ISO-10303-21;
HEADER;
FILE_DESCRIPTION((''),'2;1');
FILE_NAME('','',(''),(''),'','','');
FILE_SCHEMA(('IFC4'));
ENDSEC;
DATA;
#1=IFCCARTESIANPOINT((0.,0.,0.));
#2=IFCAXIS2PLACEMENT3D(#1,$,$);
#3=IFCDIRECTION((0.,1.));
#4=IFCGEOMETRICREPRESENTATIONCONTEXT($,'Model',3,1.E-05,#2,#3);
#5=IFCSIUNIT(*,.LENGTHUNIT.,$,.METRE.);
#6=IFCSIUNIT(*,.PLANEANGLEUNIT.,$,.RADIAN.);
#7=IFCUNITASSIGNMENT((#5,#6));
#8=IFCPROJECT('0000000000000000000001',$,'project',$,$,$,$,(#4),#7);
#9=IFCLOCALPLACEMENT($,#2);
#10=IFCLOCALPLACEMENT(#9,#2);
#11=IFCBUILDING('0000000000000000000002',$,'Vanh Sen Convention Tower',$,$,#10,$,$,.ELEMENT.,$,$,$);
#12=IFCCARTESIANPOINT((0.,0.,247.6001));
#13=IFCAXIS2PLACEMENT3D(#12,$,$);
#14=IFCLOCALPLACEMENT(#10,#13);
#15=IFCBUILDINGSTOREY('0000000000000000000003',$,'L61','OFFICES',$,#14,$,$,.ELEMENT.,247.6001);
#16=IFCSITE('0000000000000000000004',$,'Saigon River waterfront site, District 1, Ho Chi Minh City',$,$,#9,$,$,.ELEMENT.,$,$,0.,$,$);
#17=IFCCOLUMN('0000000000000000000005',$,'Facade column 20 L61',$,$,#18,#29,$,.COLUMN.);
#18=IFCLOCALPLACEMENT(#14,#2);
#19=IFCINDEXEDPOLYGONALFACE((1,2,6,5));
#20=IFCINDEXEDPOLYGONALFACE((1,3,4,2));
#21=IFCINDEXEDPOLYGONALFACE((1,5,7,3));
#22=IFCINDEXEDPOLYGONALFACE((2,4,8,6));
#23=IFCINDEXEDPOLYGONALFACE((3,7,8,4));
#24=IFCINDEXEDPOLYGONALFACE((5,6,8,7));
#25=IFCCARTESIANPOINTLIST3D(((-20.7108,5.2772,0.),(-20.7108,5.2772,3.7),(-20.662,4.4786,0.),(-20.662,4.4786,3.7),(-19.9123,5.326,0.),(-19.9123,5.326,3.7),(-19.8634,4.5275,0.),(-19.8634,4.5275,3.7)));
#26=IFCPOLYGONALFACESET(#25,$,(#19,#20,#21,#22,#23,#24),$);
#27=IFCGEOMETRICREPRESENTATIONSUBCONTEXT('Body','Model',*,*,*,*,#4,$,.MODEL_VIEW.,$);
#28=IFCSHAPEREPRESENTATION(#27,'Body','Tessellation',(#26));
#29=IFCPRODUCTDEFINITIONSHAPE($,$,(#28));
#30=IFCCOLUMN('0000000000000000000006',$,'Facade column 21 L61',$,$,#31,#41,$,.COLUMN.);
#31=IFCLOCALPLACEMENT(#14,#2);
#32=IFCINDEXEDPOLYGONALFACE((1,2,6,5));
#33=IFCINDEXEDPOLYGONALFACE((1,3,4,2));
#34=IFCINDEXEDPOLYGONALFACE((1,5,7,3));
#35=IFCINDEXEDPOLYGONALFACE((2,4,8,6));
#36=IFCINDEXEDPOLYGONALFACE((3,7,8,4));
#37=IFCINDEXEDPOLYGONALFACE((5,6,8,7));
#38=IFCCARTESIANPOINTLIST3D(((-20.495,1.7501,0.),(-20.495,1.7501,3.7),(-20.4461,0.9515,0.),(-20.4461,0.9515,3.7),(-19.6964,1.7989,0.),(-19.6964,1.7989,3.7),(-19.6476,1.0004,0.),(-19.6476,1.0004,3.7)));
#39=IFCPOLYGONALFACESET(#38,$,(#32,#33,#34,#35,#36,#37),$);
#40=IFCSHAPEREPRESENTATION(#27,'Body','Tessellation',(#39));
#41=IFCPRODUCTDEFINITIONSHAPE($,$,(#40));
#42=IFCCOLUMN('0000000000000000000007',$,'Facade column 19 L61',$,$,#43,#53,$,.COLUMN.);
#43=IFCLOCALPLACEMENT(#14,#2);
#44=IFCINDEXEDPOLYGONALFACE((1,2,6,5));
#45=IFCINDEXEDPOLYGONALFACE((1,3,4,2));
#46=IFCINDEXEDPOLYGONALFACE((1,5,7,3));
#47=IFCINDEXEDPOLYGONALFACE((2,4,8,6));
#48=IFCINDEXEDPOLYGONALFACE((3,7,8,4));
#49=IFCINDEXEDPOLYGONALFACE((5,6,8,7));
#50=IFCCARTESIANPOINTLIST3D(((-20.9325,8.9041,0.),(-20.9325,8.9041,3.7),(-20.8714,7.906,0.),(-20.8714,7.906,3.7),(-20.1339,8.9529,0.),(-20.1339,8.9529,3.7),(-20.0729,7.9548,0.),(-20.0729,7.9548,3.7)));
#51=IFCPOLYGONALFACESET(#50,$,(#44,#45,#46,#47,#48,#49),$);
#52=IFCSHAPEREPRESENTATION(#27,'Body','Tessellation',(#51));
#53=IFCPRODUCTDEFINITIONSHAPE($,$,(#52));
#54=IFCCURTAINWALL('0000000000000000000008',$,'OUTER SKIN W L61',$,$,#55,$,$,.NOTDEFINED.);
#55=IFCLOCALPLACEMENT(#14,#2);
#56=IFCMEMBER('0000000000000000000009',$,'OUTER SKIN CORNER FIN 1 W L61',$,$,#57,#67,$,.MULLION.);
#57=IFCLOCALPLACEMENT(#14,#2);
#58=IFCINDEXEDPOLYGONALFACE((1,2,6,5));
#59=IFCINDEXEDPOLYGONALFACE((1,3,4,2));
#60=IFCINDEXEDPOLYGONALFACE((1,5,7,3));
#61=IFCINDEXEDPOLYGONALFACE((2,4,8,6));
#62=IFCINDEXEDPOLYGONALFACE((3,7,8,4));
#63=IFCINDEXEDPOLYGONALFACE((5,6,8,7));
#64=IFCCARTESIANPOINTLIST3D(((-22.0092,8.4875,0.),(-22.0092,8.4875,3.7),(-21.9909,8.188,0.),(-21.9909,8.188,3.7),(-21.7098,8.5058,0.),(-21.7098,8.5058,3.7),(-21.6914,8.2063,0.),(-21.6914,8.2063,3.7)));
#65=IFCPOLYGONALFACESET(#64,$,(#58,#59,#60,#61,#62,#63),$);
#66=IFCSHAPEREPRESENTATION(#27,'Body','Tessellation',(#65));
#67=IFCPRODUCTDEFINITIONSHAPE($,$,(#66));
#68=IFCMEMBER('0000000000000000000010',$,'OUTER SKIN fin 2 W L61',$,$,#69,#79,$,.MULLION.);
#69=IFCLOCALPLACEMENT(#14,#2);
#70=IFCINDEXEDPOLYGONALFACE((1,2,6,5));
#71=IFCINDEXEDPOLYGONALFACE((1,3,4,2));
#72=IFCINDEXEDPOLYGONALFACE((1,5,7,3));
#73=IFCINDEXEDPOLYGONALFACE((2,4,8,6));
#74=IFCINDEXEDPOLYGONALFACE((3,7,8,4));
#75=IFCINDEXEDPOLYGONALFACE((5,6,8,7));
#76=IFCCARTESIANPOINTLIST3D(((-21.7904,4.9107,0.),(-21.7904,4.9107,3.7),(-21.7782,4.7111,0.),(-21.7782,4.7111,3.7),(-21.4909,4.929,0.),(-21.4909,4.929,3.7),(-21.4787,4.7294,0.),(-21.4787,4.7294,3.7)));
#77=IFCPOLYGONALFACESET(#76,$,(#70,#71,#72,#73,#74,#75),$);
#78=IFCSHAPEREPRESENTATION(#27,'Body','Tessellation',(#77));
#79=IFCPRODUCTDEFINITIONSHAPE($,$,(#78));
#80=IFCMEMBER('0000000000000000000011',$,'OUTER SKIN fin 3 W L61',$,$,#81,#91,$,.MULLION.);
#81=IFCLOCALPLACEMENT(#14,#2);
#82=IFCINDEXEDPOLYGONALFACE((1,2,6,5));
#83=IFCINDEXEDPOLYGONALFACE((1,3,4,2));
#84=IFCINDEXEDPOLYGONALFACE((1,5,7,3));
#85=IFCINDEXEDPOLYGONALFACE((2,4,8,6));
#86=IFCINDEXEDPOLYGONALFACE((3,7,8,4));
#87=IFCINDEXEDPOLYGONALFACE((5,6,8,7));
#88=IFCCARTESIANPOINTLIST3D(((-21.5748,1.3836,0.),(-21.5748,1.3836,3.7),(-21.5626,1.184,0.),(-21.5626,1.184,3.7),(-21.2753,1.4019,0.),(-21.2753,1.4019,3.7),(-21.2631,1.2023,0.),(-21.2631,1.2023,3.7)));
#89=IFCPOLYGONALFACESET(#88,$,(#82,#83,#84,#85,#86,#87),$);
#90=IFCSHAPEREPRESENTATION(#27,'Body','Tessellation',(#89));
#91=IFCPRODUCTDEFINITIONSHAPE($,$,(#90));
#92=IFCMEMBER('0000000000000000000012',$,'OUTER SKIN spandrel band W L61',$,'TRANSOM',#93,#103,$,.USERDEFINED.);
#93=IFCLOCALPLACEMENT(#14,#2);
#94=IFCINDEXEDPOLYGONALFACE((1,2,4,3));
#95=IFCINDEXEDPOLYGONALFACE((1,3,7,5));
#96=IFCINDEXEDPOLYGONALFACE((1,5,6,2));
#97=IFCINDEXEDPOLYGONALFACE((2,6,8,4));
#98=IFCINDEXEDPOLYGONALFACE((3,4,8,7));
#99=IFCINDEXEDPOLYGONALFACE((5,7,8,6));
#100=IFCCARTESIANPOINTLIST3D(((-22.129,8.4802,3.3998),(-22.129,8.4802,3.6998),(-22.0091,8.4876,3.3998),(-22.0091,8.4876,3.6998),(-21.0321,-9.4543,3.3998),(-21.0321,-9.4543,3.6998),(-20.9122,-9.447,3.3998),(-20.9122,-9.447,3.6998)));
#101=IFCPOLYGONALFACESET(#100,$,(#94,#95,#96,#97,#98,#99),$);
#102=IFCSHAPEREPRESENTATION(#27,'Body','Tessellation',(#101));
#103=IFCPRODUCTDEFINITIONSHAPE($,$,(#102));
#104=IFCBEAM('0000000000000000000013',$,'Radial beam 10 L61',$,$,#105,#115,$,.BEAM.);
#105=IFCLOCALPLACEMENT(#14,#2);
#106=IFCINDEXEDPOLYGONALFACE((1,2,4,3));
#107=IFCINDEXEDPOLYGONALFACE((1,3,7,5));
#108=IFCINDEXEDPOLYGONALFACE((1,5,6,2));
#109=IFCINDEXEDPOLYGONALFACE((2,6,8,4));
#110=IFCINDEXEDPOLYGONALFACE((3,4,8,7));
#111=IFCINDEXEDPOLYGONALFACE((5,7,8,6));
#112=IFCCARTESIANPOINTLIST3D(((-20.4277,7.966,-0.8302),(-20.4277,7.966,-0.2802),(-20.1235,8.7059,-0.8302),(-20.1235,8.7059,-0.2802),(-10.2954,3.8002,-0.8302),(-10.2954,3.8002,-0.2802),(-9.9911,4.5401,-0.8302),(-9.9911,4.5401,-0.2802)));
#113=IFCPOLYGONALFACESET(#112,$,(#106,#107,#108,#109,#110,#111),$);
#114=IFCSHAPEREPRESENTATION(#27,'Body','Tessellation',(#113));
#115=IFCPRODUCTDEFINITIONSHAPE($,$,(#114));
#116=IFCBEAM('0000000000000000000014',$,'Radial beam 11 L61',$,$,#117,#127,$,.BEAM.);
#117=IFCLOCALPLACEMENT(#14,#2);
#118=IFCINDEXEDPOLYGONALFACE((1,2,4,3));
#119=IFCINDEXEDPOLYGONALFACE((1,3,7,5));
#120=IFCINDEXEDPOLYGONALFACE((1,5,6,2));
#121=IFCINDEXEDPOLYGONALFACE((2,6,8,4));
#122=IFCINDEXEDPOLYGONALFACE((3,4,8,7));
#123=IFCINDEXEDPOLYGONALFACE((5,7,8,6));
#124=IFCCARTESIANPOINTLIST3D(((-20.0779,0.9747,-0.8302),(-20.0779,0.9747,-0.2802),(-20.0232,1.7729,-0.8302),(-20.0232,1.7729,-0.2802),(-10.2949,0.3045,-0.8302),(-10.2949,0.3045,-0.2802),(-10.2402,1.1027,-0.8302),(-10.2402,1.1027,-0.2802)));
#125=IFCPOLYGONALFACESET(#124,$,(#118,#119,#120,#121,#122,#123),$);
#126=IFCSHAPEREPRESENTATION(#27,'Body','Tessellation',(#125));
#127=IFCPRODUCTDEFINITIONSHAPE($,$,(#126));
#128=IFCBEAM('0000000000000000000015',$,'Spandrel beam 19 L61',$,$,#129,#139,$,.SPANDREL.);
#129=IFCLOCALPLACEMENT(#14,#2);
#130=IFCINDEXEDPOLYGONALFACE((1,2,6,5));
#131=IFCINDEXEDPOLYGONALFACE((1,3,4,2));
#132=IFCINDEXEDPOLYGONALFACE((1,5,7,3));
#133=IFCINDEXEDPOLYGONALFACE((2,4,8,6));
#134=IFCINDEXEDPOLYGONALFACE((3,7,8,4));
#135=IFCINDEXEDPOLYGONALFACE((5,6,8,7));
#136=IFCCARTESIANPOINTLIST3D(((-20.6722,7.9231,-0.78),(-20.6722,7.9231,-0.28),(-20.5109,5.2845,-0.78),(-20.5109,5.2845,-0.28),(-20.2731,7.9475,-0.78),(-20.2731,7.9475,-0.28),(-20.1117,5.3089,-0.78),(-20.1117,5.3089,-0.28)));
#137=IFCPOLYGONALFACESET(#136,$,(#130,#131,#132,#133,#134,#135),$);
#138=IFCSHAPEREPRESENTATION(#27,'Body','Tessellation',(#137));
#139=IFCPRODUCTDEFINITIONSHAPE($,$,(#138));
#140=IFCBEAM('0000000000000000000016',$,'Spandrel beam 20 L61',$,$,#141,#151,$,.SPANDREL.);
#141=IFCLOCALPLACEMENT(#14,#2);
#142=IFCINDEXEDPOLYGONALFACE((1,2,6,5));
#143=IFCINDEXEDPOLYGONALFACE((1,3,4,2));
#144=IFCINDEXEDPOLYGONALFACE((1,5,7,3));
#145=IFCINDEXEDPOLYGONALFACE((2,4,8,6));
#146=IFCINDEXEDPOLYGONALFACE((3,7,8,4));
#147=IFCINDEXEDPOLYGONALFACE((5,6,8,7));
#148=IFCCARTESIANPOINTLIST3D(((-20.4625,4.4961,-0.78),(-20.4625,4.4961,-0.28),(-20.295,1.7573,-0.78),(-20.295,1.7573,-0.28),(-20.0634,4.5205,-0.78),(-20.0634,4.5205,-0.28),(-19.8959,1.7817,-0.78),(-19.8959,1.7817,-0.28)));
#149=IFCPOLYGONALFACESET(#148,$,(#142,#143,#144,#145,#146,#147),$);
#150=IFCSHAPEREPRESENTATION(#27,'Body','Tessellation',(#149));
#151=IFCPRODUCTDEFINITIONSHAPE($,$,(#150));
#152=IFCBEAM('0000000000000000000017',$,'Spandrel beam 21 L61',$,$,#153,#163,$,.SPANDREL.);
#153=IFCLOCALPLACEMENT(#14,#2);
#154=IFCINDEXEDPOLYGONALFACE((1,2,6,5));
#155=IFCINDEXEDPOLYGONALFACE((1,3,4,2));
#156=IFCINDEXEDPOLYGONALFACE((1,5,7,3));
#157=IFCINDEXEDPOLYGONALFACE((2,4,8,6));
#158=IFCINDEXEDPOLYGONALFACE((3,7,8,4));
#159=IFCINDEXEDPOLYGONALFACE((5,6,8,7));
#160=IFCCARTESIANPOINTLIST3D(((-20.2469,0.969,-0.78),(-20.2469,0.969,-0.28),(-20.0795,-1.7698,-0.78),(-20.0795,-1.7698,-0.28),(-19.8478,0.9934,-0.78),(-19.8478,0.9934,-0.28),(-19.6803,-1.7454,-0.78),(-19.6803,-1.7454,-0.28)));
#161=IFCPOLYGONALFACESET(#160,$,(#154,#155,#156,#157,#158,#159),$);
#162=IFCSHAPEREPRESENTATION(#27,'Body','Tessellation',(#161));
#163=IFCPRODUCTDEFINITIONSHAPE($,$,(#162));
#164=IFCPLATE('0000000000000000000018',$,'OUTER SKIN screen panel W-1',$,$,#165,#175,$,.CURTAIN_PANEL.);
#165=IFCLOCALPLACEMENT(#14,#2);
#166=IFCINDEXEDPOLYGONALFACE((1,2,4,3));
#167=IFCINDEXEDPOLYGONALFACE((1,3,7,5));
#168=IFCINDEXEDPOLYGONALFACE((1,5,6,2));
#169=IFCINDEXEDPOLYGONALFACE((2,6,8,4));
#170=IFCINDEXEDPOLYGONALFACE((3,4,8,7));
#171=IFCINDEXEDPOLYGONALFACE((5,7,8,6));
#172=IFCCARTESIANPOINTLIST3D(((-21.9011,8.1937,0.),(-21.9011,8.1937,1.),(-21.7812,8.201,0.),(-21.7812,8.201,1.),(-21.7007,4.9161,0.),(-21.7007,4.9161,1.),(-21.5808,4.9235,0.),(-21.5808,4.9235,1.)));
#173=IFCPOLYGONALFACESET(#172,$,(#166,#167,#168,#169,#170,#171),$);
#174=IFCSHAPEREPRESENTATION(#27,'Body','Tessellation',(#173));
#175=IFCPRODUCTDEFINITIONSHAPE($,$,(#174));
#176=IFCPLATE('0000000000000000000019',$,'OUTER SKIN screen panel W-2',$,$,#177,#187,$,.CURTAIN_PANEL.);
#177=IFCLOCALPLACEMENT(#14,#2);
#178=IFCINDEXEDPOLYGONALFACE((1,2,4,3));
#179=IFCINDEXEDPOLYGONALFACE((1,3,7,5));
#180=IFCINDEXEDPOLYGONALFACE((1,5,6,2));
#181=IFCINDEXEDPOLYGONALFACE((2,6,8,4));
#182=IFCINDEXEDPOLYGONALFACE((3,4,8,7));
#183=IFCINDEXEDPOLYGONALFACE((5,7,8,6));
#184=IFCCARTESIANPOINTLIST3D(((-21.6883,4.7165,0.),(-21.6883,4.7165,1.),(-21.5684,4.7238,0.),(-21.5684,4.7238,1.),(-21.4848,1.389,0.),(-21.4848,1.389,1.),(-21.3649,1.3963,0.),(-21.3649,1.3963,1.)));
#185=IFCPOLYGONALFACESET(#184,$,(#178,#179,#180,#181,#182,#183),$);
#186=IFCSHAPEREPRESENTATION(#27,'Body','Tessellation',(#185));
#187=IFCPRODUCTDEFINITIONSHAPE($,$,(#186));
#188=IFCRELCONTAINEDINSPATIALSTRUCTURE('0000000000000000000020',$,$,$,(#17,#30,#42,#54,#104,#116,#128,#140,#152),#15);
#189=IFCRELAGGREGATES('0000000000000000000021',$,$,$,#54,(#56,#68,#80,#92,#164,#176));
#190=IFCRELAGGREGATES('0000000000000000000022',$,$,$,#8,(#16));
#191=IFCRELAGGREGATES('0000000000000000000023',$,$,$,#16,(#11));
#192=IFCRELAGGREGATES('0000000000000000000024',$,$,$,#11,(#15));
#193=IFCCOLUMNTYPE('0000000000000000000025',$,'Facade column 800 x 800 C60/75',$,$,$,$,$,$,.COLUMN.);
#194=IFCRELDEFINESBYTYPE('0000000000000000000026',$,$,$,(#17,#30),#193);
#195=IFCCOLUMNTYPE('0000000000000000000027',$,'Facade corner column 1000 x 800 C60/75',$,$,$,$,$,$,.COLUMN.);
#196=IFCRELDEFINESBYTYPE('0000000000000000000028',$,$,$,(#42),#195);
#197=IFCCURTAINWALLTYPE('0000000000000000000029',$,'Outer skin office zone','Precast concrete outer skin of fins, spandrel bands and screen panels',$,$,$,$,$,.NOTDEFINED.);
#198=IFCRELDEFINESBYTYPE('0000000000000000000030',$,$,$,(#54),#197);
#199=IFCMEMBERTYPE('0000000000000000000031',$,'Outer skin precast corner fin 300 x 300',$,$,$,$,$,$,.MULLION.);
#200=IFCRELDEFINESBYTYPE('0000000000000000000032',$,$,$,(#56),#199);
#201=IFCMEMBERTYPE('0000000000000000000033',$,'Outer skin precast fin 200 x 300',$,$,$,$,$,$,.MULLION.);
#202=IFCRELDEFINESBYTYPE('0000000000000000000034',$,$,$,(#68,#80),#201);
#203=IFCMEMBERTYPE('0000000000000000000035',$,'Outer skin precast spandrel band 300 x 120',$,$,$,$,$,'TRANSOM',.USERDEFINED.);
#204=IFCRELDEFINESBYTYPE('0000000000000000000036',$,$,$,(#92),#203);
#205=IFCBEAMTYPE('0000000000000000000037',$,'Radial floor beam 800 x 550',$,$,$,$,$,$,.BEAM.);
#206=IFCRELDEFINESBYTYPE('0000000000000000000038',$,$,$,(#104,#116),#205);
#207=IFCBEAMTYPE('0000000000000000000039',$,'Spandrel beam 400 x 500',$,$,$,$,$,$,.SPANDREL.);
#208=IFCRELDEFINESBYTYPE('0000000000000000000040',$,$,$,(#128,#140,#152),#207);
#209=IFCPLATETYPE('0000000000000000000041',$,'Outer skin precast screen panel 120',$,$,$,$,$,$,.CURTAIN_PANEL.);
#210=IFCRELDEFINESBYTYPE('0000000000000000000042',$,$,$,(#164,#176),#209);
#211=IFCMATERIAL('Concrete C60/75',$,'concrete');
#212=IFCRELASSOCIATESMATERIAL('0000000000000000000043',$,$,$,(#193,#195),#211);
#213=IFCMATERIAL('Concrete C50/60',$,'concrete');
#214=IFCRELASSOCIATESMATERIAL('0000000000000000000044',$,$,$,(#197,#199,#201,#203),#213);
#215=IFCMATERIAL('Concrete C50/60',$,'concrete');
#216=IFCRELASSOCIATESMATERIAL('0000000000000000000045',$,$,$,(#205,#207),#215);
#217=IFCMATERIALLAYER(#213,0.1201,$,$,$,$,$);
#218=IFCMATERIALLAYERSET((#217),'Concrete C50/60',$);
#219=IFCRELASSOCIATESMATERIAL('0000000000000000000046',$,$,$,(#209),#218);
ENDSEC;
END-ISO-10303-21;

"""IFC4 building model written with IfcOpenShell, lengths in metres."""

from ifc_helpers import new_model, si_unit, direction, frame, origin, origin_2d, place, context, subcontext, project, spatial, rectangle, extrude, material, layer, layer_set, material_profile, profile_set, type_object, element, aggregate, save


model = new_model("IFC4")

# Units and contexts
model_context = context("Model", 3, precision=1e-05, world=origin(), true_north=direction((0.0, 1.0)))
body_context = subcontext(model_context, "Body", "Model", "MODEL_VIEW")
ifc_project = project(units=[si_unit("LENGTHUNIT", "METRE"), si_unit("PLANEANGLEUNIT", "RADIAN")], contexts=[model_context])

# Site, building, storey
site_placement = place(None, origin())
site = spatial("IfcSite", under=ifc_project, at=site_placement, Name="Saigon River waterfront site, District 1, Ho Chi Minh City", CompositionType="ELEMENT", RefElevation=0.0)
building_placement = place(site_placement, origin())
building = spatial("IfcBuilding", under=site, at=building_placement, Name="Vanh Sen Convention Tower", CompositionType="ELEMENT")
storey_placement = place(building_placement, frame((0.0, 0.0, 247.6001)))
storey = spatial("IfcBuildingStorey", under=building, at=storey_placement, Name="L61", Description="OFFICES", CompositionType="ELEMENT", Elevation=247.6001)

# Columns
ifc_material_1 = material(Name="Concrete C60/75", Category="concrete")
ifc_material_profile_1 = material_profile(ifc_material_1, rectangle(XDim=0.8, YDim=0.8, at=origin_2d()), Name="RC 800X800")
ifc_profile_set_1 = profile_set([ifc_material_profile_1], Name="Concrete C60/75")
column_type_1 = type_object("IfcColumnType", Name="Facade column 800 x 800 C60/75", PredefinedType="COLUMN", material=ifc_profile_set_1)
for number, where, z_axis, x_axis, name in (
    (1, (-20.2871, 4.9023, 0.0), (0.0, 0.0, 1.0), (0.061049, -0.998135, 0.0), "Facade column 20 L61"),
    (2, (-20.0713, 1.3752, 0.0), (0.0, 0.0, 1.0), (0.061049, -0.998135, 0.0), "Facade column 21 L61"),
):
    element("IfcColumn", number, at=place(storey_placement, frame(where, z_axis=z_axis, x_axis=x_axis)), inside=storey, type_object=column_type_1, Name=name, PredefinedType="COLUMN", context=body_context, shape_type="SweptSolid", body=[
        extrude(rectangle(XDim=0.8, YDim=0.8, at=origin_2d()), origin(), (0.0, 0.0, 1.0), 3.7),
    ])
ifc_material_profile_2 = material_profile(ifc_material_1, rectangle(XDim=1.0, YDim=0.8, at=origin_2d()), Name="RC 1000X800")
ifc_profile_set_2 = profile_set([ifc_material_profile_2], Name="Concrete C60/75")
column_type_2 = type_object("IfcColumnType", Name="Facade corner column 1000 x 800 C60/75", PredefinedType="COLUMN", material=ifc_profile_set_2)
column_placement = place(storey_placement, frame((-20.5027, 8.4294, 0.0), z_axis=(0.0, 0.0, 1.0), x_axis=(0.061049, -0.998135, 0.0)))
element("IfcColumn", 3, at=column_placement, inside=storey, type_object=column_type_2, Name="Facade column 19 L61", PredefinedType="COLUMN", context=body_context, shape_type="SweptSolid", body=[
    extrude(rectangle(XDim=1.0, YDim=0.8, at=origin_2d()), origin(), (0.0, 0.0, 1.0), 3.7),
])

# Curtain wall, members
ifc_material_2 = material(Name="Concrete C50/60", Category="concrete")
curtain_wall_type = type_object("IfcCurtainWallType", Name="Outer skin office zone", Description="Precast concrete outer skin of fins, spandrel bands and screen panels", PredefinedType="NOTDEFINED", material=ifc_material_2)
curtain_wall_placement = place(storey_placement, origin())
curtain_wall = element("IfcCurtainWall", 4, at=curtain_wall_placement, inside=storey, type_object=curtain_wall_type, Name="OUTER SKIN W L61", PredefinedType="NOTDEFINED")
ifc_material_profile_3 = material_profile(ifc_material_2, rectangle(XDim=0.3, YDim=0.3, at=origin_2d()), Name="Outer skin precast corner fin 300 x 300")
ifc_profile_set_3 = profile_set([ifc_material_profile_3], Name="Concrete C50/60")
member_type_1 = type_object("IfcMemberType", Name="Outer skin precast corner fin 300 x 300", PredefinedType="MULLION", material=ifc_profile_set_3)
member_1_placement = place(storey_placement, frame((-21.8503, 8.3469, 0.0), z_axis=(0.0, 0.0, 1.0), x_axis=(0.061049, -0.998135, 0.0)))
member_1 = element("IfcMember", 5, at=member_1_placement, type_object=member_type_1, Name="OUTER SKIN CORNER FIN 1 W L61", PredefinedType="MULLION", context=body_context, shape_type="SweptSolid", body=[
    extrude(rectangle(XDim=0.3, YDim=0.3, at=origin_2d()), origin(), (0.0, 0.0, 1.0), 3.7),
])
ifc_material_profile_4 = material_profile(ifc_material_2, rectangle(XDim=0.2, YDim=0.3, at=origin_2d()), Name="Outer skin precast fin 200 x 300")
ifc_profile_set_4 = profile_set([ifc_material_profile_4], Name="Concrete C50/60")
member_type_2 = type_object("IfcMemberType", Name="Outer skin precast fin 200 x 300", PredefinedType="MULLION", material=ifc_profile_set_4)
member_2_placement = place(storey_placement, frame((-21.6345, 4.8201, 0.0), z_axis=(0.0, 0.0, 1.0), x_axis=(0.061049, -0.998135, 0.0)))
member_2 = element("IfcMember", 6, at=member_2_placement, type_object=member_type_2, Name="OUTER SKIN fin 2 W L61", PredefinedType="MULLION", context=body_context, shape_type="SweptSolid", body=[
    extrude(rectangle(XDim=0.2, YDim=0.3, at=origin_2d()), origin(), (0.0, 0.0, 1.0), 3.7),
])
member_3_placement = place(storey_placement, frame((-21.4189, 1.293, 0.0), z_axis=(0.0, 0.0, 1.0), x_axis=(0.061049, -0.998135, 0.0)))
member_3 = element("IfcMember", 7, at=member_3_placement, type_object=member_type_2, Name="OUTER SKIN fin 3 W L61", PredefinedType="MULLION", context=body_context, shape_type="SweptSolid", body=[
    extrude(rectangle(XDim=0.2, YDim=0.3, at=origin_2d()), origin(), (0.0, 0.0, 1.0), 3.7),
])
ifc_material_profile_5 = material_profile(ifc_material_2, rectangle(XDim=0.1201, YDim=0.3, at=origin_2d()), Name="Outer skin precast spandrel band 300 x 120")
ifc_profile_set_5 = profile_set([ifc_material_profile_5], Name="Concrete C50/60")
member_type_3 = type_object("IfcMemberType", Name="Outer skin precast spandrel band 300 x 120", ElementType="TRANSOM", PredefinedType="USERDEFINED", material=ifc_profile_set_5)
member_4_placement = place(storey_placement, frame((-22.0691, 8.4839, 3.5498), z_axis=(0.061048, -0.998135, 0.0), x_axis=(0.998135, 0.061048, 0.0)))
member_4 = element("IfcMember", 8, at=member_4_placement, type_object=member_type_3, Name="OUTER SKIN spandrel band W L61", ObjectType="TRANSOM", PredefinedType="USERDEFINED", context=body_context, shape_type="SweptSolid", body=[
    extrude(rectangle(XDim=0.1201, YDim=0.3, at=origin_2d()), origin(), (0.0, 0.0, 1.0), 17.968),
])

# Beams
ifc_material_3 = material(Name="Concrete C50/60", Category="concrete")
ifc_material_profile_6 = material_profile(ifc_material_3, rectangle(XDim=0.8, YDim=0.55, at=origin_2d()), Name="RC 800X550")
ifc_profile_set_6 = profile_set([ifc_material_profile_6], Name="Concrete C50/60")
beam_type_1 = type_object("IfcBeamType", Name="Radial floor beam 800 x 550", PredefinedType="BEAM", material=ifc_profile_set_6)
beam_1_placement = place(storey_placement, frame((-20.2756, 8.3359, -0.5552), z_axis=(0.924882, -0.380253, 0.0), x_axis=(0.380253, 0.924882, 0.0)))
element("IfcBeam", 9, at=beam_1_placement, inside=storey, type_object=beam_type_1, Name="Radial beam 10 L61", PredefinedType="BEAM", context=body_context, shape_type="SweptSolid", body=[
    extrude(rectangle(XDim=0.8, YDim=0.55, at=origin_2d()), origin(), (0.0, 0.0, 1.0), 10.9553),
])
beam_2_placement = place(storey_placement, frame((-20.0505, 1.3738, -0.5552), z_axis=(0.997662, -0.068343, 0.0), x_axis=(0.068343, 0.997662, 0.0)))
element("IfcBeam", 10, at=beam_2_placement, inside=storey, type_object=beam_type_1, Name="Radial beam 11 L61", PredefinedType="BEAM", context=body_context, shape_type="SweptSolid", body=[
    extrude(rectangle(XDim=0.8, YDim=0.55, at=origin_2d()), origin(), (0.0, 0.0, 1.0), 9.8059),
])
ifc_material_profile_7 = material_profile(ifc_material_3, rectangle(XDim=0.3999, YDim=0.5, at=origin_2d()), Name="RC 400X500")
ifc_profile_set_7 = profile_set([ifc_material_profile_7], Name="Concrete C50/60")
beam_type_2 = type_object("IfcBeamType", Name="Spandrel beam 400 x 500", PredefinedType="SPANDREL", material=ifc_profile_set_7)
beam_3_placement = place(storey_placement, frame((-20.4727, 7.9353, -0.53), z_axis=(0.061044, -0.998135, 0.0), x_axis=(0.998135, 0.061044, 0.0)))
element("IfcBeam", 11, at=beam_3_placement, inside=storey, type_object=beam_type_2, Name="Spandrel beam 19 L61", PredefinedType="SPANDREL", context=body_context, shape_type="SweptSolid", body=[
    extrude(rectangle(XDim=0.3999, YDim=0.5, at=origin_2d()), origin(), (0.0, 0.0, 1.0), 2.6436),
])
for number, where, z_axis, x_axis, name in (
    (12, (-20.2629, 4.5083, -0.53), (0.061038, -0.998135, 0.0), (0.998135, 0.061038, 0.0), "Spandrel beam 20 L61"),
    (13, (-20.0474, 0.9812, -0.53), (0.061038, -0.998135, 0.0), (0.998135, 0.061038, 0.0), "Spandrel beam 21 L61"),
):
    element("IfcBeam", number, at=place(storey_placement, frame(where, z_axis=z_axis, x_axis=x_axis)), inside=storey, type_object=beam_type_2, Name=name, PredefinedType="SPANDREL", context=body_context, shape_type="SweptSolid", body=[
        extrude(rectangle(XDim=0.3999, YDim=0.5, at=origin_2d()), origin(), (0.0, 0.0, 1.0), 2.7439),
    ])

# Plates
ifc_layer_1 = layer(ifc_material_2, 0.1201)
ifc_layer_set_1 = layer_set([ifc_layer_1], Name="Concrete C50/60")
plate_type = type_object("IfcPlateType", Name="Outer skin precast screen panel 120", PredefinedType="CURTAIN_PANEL", material=ifc_layer_set_1)
plate_1_placement = place(storey_placement, frame((-21.741, 6.5586, 0.0), z_axis=(0.0, 0.0, 1.0), x_axis=(0.061043, -0.998135, 0.0)))
plate_1 = element("IfcPlate", 14, at=plate_1_placement, type_object=plate_type, Name="OUTER SKIN screen panel W-1", PredefinedType="CURTAIN_PANEL", context=body_context, shape_type="SweptSolid", body=[
    extrude(rectangle(XDim=3.2837, YDim=0.1201, at=origin_2d()), origin(), (0.0, 0.0, 1.0), 1.0),
])
plate_2_placement = place(storey_placement, frame((-21.5266, 3.0564, 0.0), z_axis=(0.0, 0.0, 1.0), x_axis=(0.061042, -0.998135, 0.0)))
plate_2 = element("IfcPlate", 15, at=plate_2_placement, type_object=plate_type, Name="OUTER SKIN screen panel W-2", PredefinedType="CURTAIN_PANEL", context=body_context, shape_type="SweptSolid", body=[
    extrude(rectangle(XDim=3.3337, YDim=0.1201, at=origin_2d()), origin(), (0.0, 0.0, 1.0), 1.0),
])
aggregate(curtain_wall, [member_1, member_2, member_3, member_4, plate_1, plate_2])

save(model, "model.ifc")
